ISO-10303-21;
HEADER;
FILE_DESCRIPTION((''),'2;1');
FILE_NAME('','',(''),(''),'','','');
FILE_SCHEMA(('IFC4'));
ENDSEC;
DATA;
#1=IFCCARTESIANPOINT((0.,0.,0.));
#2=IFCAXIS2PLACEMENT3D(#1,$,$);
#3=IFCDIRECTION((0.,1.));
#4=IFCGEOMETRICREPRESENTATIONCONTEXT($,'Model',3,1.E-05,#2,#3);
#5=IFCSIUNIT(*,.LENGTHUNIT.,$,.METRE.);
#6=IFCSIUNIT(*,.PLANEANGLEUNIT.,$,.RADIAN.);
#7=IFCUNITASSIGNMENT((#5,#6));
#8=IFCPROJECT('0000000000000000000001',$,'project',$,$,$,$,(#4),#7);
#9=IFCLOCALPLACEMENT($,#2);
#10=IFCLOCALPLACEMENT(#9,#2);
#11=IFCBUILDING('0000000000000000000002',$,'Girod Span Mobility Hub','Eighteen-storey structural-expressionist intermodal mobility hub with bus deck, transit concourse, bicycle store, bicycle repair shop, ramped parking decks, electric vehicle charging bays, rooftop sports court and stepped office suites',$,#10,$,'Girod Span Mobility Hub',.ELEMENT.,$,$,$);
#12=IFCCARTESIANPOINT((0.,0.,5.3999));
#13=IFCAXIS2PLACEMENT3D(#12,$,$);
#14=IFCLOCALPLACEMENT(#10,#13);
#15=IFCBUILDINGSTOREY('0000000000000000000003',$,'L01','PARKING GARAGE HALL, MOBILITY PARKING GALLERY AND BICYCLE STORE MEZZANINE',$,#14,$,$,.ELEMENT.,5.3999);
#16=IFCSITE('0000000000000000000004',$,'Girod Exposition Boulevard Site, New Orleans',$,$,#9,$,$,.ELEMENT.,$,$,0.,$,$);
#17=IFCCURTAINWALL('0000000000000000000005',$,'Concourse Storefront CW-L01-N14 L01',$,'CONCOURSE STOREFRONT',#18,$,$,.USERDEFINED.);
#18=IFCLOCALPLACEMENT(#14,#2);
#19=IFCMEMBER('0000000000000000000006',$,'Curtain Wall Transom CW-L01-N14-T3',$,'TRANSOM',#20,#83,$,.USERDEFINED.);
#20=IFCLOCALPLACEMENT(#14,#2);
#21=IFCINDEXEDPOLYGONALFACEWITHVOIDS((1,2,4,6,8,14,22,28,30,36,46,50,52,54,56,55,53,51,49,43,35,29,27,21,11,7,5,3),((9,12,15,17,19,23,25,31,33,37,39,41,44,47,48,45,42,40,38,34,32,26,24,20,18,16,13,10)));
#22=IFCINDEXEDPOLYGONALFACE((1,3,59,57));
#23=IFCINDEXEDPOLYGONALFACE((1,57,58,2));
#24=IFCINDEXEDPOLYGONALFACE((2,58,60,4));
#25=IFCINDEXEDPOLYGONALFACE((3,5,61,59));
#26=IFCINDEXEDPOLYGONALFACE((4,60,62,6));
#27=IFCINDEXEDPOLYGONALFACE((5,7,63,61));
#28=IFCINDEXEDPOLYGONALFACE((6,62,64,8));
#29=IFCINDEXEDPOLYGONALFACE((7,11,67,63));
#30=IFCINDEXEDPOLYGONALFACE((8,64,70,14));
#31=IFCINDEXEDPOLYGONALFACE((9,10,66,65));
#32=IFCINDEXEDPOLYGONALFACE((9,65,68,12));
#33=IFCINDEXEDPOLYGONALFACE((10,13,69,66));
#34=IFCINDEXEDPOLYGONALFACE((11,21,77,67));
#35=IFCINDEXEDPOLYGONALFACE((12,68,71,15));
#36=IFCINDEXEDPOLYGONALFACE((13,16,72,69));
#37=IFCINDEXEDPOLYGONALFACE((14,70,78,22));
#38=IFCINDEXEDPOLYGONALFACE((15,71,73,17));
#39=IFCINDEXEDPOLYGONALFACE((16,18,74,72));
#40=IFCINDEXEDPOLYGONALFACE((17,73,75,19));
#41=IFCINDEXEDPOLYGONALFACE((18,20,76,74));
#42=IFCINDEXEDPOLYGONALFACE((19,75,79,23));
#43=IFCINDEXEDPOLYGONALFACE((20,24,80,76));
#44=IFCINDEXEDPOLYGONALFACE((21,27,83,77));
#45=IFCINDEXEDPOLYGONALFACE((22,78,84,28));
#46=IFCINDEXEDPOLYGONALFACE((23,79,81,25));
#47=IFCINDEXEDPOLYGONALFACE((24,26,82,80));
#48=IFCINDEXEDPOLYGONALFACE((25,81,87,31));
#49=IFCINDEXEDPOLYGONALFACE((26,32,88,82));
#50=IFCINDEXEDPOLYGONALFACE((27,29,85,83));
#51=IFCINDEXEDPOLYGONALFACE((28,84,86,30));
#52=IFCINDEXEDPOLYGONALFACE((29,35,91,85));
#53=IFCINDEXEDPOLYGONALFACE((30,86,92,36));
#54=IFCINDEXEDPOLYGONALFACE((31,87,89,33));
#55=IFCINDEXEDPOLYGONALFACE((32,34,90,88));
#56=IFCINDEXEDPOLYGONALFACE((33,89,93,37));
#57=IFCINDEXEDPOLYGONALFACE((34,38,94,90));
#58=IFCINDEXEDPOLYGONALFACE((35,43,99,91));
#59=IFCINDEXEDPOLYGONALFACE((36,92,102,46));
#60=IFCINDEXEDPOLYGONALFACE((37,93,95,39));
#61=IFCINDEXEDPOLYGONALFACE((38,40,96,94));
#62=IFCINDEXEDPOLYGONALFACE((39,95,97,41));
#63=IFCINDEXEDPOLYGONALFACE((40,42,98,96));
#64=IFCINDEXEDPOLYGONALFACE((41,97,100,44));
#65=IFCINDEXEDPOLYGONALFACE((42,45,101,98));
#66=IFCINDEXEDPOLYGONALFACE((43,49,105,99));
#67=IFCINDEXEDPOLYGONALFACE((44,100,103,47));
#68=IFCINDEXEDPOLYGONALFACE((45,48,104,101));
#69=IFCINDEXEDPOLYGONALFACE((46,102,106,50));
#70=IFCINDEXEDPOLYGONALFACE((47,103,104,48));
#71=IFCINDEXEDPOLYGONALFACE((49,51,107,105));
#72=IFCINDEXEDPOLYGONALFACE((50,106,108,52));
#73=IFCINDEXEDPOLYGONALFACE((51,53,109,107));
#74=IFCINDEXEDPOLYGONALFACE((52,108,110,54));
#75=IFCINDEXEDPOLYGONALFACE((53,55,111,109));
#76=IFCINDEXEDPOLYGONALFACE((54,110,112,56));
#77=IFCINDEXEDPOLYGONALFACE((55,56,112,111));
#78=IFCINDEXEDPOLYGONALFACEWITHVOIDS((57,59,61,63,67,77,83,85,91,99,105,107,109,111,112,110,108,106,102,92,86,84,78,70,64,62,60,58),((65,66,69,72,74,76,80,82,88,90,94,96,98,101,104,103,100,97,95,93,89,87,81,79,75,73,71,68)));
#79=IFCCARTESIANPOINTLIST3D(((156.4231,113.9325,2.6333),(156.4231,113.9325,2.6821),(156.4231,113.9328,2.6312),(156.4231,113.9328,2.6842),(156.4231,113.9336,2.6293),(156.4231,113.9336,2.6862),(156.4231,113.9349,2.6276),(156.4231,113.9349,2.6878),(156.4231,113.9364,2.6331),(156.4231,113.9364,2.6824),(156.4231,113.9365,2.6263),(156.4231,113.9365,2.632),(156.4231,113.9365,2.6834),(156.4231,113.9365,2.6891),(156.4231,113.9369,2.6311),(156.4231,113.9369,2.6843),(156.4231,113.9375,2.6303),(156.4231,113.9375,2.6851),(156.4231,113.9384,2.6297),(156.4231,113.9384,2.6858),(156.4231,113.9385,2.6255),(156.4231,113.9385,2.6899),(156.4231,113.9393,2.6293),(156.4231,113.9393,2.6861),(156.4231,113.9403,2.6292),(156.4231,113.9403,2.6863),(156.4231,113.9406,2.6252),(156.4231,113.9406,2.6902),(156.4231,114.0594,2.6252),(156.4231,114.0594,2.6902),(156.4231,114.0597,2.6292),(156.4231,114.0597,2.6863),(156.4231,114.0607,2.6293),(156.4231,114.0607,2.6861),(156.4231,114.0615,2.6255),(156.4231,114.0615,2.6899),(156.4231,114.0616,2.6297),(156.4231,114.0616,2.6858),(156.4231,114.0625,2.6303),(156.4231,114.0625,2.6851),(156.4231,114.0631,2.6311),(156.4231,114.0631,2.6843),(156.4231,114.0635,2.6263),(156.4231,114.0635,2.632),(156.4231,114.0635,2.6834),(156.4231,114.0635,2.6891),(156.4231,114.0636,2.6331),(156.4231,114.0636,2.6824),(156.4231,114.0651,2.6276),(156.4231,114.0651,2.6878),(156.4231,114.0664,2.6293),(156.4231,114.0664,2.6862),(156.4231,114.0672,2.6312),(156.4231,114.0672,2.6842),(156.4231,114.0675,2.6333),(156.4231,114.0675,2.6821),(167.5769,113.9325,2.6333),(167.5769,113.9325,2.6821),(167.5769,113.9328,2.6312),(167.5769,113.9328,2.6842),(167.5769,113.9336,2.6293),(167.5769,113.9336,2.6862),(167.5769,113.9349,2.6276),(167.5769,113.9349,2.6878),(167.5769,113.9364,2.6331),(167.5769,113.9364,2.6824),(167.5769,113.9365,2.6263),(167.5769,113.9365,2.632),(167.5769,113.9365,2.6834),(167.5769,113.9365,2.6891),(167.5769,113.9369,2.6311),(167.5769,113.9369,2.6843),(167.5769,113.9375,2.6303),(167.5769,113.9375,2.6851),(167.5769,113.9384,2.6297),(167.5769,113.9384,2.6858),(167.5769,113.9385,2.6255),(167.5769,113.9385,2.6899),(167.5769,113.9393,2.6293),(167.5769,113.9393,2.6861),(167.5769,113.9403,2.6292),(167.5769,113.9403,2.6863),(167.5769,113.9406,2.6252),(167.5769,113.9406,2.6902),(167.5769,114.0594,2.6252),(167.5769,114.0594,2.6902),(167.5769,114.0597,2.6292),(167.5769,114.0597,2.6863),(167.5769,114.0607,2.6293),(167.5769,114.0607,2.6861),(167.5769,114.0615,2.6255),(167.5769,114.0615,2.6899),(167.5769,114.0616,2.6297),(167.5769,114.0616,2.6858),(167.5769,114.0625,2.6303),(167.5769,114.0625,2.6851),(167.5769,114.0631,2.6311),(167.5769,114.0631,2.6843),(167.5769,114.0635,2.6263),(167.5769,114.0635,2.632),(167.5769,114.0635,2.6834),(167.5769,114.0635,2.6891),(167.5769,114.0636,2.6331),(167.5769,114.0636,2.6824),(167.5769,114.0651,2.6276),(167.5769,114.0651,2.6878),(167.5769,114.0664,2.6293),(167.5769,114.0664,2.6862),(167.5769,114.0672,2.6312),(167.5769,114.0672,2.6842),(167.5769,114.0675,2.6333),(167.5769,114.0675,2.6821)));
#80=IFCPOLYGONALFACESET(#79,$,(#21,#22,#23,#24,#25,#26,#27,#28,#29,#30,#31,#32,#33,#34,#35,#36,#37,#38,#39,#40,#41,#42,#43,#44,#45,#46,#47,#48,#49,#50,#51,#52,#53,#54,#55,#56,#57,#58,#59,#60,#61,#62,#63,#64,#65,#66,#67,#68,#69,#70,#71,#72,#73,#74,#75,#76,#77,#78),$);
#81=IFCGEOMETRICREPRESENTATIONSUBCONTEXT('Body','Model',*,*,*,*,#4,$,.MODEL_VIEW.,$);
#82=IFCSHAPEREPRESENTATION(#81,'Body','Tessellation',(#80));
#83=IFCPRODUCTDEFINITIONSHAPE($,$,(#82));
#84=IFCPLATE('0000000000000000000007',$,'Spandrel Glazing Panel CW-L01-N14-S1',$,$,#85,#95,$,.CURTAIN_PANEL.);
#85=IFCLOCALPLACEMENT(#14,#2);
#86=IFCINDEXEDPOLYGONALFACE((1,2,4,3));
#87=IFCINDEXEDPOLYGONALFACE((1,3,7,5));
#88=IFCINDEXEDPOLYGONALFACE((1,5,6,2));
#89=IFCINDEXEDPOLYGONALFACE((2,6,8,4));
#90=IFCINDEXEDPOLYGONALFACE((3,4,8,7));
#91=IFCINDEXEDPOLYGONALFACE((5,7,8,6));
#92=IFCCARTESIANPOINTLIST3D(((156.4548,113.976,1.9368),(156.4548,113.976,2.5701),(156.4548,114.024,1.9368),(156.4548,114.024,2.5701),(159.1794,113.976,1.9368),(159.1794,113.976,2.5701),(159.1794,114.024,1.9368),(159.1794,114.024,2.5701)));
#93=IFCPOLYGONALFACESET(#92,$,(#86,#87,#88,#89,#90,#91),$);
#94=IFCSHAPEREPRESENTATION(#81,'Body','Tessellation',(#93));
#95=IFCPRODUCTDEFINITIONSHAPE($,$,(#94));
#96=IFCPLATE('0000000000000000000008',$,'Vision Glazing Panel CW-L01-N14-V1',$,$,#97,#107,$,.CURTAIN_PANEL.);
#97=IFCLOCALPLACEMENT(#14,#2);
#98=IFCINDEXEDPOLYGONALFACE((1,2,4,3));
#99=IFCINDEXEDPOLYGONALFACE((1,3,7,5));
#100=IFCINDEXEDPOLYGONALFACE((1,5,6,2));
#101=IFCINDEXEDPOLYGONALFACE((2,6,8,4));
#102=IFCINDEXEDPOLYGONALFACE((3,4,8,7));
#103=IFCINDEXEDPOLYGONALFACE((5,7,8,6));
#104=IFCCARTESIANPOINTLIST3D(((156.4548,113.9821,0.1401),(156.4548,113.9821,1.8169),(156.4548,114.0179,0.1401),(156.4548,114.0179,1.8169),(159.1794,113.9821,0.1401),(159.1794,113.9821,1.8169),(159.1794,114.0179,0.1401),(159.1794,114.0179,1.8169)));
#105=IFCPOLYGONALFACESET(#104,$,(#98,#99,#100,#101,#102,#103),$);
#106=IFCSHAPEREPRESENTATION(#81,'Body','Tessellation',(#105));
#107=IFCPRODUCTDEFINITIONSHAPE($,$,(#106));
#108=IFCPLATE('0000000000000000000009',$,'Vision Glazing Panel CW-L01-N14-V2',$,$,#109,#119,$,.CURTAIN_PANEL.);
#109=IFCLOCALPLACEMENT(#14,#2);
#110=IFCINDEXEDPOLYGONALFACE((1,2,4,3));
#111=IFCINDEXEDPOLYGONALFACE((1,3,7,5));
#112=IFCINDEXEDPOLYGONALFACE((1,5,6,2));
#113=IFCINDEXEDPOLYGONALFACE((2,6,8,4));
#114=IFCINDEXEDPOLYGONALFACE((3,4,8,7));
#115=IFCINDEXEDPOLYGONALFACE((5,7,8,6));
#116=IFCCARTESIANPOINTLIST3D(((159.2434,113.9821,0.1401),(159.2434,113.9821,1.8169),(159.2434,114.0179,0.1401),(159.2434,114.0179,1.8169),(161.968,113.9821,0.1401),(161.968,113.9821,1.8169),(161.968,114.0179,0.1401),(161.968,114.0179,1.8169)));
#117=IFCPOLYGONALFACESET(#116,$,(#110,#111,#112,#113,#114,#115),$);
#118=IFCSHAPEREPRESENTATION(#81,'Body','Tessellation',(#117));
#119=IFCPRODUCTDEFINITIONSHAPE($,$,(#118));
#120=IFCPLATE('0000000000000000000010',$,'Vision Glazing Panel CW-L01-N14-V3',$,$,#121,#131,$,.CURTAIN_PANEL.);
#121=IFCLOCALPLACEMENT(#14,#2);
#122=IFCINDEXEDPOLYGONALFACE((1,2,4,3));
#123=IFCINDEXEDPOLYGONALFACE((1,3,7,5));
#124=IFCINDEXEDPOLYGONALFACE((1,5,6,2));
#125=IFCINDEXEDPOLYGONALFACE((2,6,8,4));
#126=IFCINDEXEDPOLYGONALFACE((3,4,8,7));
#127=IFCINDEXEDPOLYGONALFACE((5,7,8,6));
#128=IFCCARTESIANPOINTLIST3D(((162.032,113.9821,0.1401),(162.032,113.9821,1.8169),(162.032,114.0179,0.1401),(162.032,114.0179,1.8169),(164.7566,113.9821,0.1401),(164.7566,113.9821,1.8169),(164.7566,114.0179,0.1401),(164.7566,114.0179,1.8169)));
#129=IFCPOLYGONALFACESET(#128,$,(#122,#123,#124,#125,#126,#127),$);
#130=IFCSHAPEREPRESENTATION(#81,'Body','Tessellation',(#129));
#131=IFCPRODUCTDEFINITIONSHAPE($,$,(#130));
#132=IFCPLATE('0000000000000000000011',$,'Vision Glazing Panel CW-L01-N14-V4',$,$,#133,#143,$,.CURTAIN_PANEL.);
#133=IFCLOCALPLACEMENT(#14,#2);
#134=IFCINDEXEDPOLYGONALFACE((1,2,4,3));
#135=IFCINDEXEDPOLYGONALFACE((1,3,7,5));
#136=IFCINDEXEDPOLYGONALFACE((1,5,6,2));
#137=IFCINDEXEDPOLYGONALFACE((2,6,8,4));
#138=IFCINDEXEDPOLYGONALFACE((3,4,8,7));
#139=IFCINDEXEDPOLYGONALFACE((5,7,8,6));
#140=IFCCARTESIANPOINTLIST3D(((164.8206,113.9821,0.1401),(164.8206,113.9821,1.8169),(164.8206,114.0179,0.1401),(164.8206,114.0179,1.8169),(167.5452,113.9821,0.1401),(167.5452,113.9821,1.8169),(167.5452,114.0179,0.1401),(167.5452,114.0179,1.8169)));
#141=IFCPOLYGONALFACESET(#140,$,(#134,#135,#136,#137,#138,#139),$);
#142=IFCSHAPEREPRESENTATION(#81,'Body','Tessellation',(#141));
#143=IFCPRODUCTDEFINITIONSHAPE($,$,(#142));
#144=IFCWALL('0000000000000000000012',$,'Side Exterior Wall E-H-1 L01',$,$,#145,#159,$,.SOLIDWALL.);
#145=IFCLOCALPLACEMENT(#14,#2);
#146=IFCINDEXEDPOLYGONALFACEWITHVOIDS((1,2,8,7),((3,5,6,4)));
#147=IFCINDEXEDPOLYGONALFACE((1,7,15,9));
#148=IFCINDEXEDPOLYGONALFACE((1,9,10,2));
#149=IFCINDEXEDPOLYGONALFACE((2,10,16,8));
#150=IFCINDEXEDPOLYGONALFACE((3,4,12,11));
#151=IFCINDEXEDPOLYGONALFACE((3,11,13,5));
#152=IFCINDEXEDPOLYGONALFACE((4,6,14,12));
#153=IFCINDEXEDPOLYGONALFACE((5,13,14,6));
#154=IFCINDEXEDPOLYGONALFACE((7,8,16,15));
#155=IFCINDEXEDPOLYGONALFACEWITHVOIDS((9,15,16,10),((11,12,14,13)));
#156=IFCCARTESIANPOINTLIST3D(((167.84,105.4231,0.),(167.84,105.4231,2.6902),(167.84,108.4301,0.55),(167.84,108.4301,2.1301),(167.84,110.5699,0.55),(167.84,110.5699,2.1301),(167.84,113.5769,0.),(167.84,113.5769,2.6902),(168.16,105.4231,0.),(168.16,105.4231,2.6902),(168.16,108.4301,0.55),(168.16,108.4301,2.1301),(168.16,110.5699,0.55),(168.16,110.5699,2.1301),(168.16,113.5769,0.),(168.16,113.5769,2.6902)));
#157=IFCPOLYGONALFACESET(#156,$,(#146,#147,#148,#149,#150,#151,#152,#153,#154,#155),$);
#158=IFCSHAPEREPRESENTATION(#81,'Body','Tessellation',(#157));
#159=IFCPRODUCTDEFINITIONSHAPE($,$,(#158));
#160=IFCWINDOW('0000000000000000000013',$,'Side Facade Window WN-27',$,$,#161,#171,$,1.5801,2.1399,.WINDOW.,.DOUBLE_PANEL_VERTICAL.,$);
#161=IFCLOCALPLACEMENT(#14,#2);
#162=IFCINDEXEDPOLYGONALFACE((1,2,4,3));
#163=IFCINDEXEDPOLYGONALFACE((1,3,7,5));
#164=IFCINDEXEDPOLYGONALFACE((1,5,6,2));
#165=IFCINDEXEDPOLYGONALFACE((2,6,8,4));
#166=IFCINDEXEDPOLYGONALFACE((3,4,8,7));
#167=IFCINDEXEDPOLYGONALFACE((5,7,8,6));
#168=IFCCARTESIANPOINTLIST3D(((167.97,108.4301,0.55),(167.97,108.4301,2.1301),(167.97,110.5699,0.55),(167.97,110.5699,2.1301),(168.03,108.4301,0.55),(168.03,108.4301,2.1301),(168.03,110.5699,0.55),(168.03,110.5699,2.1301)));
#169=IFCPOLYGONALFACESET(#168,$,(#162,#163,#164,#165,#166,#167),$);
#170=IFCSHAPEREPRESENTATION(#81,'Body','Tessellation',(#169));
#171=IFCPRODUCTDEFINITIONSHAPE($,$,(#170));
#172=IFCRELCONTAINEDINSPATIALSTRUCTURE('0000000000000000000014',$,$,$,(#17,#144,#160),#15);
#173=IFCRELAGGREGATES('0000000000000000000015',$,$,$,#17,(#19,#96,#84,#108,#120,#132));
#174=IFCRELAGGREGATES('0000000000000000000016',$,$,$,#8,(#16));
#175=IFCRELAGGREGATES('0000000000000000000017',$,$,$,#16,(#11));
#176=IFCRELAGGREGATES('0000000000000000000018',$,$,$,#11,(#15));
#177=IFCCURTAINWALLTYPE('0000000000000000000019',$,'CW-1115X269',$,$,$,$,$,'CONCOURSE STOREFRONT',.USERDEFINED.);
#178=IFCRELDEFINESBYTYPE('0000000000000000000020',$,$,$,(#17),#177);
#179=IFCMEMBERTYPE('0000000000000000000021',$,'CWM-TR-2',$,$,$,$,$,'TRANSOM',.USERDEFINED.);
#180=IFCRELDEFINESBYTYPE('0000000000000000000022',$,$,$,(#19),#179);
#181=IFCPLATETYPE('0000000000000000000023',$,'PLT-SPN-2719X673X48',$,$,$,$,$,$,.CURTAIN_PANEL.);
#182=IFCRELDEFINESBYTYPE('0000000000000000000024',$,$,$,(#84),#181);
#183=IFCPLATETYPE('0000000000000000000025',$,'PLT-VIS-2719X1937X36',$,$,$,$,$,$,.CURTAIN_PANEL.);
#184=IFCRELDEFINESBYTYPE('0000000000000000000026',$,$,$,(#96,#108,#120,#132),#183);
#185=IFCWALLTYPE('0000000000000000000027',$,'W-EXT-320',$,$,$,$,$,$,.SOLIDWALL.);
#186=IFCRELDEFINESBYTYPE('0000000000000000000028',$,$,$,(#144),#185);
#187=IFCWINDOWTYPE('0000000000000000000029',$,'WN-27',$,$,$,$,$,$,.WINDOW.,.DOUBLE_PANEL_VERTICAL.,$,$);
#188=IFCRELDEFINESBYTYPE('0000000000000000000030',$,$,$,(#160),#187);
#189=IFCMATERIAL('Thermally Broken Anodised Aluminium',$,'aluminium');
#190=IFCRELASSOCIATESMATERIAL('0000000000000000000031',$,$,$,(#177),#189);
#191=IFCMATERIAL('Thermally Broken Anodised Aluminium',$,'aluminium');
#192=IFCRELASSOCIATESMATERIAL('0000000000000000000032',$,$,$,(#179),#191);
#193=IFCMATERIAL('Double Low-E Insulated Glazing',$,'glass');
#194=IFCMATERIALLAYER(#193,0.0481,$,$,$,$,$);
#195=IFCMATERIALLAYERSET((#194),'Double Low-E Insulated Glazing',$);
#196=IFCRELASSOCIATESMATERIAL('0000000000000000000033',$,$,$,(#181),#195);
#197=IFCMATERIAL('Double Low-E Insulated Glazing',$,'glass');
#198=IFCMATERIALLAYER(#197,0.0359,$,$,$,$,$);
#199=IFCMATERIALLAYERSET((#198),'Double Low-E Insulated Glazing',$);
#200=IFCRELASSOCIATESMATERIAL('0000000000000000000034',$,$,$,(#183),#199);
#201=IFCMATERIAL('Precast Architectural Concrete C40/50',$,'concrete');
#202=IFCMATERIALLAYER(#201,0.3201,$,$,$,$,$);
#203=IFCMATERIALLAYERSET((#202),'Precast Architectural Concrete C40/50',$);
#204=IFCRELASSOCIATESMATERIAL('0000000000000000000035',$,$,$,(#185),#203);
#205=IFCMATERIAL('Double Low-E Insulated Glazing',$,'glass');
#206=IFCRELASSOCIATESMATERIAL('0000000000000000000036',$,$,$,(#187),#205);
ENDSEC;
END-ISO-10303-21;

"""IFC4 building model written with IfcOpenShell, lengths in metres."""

from ifc_helpers import new_model, si_unit, direction, frame, frame_2d, origin, origin_2d, place, context, subcontext, project, spatial, rectangle, hollow_rectangle, extrude, material, layer, layer_set, material_profile, profile_set, type_object, element, fill, aggregate, save


model = new_model("IFC4")

# Units and contexts
model_context = context("Model", 3, precision=1e-05, world=origin(), true_north=direction((0.0, 1.0)))
body_context = subcontext(model_context, "Body", "Model", "MODEL_VIEW")
ifc_project = project(units=[si_unit("LENGTHUNIT", "METRE"), si_unit("PLANEANGLEUNIT", "RADIAN")], contexts=[model_context])

# Site, building, storey
site_placement = place(None, origin())
site = spatial("IfcSite", under=ifc_project, at=site_placement, Name="Girod Exposition Boulevard Site, New Orleans", CompositionType="ELEMENT", RefElevation=0.0)
building_placement = place(site_placement, origin())
building = spatial("IfcBuilding", under=site, at=building_placement, Name="Girod Span Mobility Hub", Description="Eighteen-storey structural-expressionist intermodal mobility hub with bus deck, transit concourse, bicycle store, bicycle repair shop, ramped parking decks, electric vehicle charging bays, rooftop sports court and stepped office suites", LongName="Girod Span Mobility Hub", CompositionType="ELEMENT")
storey_placement = place(building_placement, frame((0.0, 0.0, 5.3999)))
storey = spatial("IfcBuildingStorey", under=building, at=storey_placement, Name="L01", Description="PARKING GARAGE HALL, MOBILITY PARKING GALLERY AND BICYCLE STORE MEZZANINE", CompositionType="ELEMENT", Elevation=5.3999)

# Curtain wall, member, plates
ifc_material_1 = material(Name="Thermally Broken Anodised Aluminium", Category="aluminium")
curtain_wall_type = type_object("IfcCurtainWallType", Name="CW-1115X269", ElementType="CONCOURSE STOREFRONT", PredefinedType="USERDEFINED", material=ifc_material_1)
curtain_wall_placement = place(storey_placement, origin())
curtain_wall = element("IfcCurtainWall", 1, at=curtain_wall_placement, inside=storey, type_object=curtain_wall_type, Name="Concourse Storefront CW-L01-N14 L01", ObjectType="CONCOURSE STOREFRONT", PredefinedType="USERDEFINED")
ifc_material_2 = material(Name="Thermally Broken Anodised Aluminium", Category="aluminium")
ifc_material_profile_1 = material_profile(ifc_material_2, hollow_rectangle(XDim=0.135, YDim=0.0649, WallThickness=0.0039, InnerFilletRadius=0.0039, OuterFilletRadius=0.0081, at=origin_2d()), Name="CW-TR-65X135")
ifc_profile_set_1 = profile_set([ifc_material_profile_1], Name="Thermally Broken Anodised Aluminium")
member_type_1 = type_object("IfcMemberType", Name="CWM-TR-2", ElementType="TRANSOM", PredefinedType="USERDEFINED", material=ifc_profile_set_1)
member_1_placement = place(storey_placement, frame((156.4231, 114.0, 2.6577), z_axis=(1.0, 0.0, 0.0), x_axis=(0.0, 1.0, 0.0)))
member_1 = element("IfcMember", 2, at=member_1_placement, type_object=member_type_1, Name="Curtain Wall Transom CW-L01-N14-T3", ObjectType="TRANSOM", PredefinedType="USERDEFINED", context=body_context, shape_type="SweptSolid", body=[
    extrude(hollow_rectangle(XDim=0.135, YDim=0.0649, WallThickness=0.0039, InnerFilletRadius=0.0039, OuterFilletRadius=0.0081, at=origin_2d()), origin(), (0.0, 0.0, 1.0), 11.1538),
])
ifc_material_3 = material(Name="Double Low-E Insulated Glazing", Category="glass")
ifc_layer_1 = layer(ifc_material_3, 0.0481)
ifc_layer_set_1 = layer_set([ifc_layer_1], Name="Double Low-E Insulated Glazing")
plate_type_1 = type_object("IfcPlateType", Name="PLT-SPN-2719X673X48", PredefinedType="CURTAIN_PANEL", material=ifc_layer_set_1)
plate_1_placement = place(storey_placement, frame((157.8171, 114.0, 1.9368), z_axis=(0.0, 0.0, 1.0), x_axis=(1.0, 0.0, 0.0)))
plate_1 = element("IfcPlate", 3, at=plate_1_placement, type_object=plate_type_1, Name="Spandrel Glazing Panel CW-L01-N14-S1", PredefinedType="CURTAIN_PANEL", context=body_context, shape_type="SweptSolid", body=[
    extrude(rectangle(XDim=2.7246, YDim=0.0481, at=origin_2d()), origin(), (0.0, 0.0, 1.0), 0.6333),
])
ifc_material_4 = material(Name="Double Low-E Insulated Glazing", Category="glass")
ifc_layer_2 = layer(ifc_material_4, 0.0359)
ifc_layer_set_2 = layer_set([ifc_layer_2], Name="Double Low-E Insulated Glazing")
plate_type_2 = type_object("IfcPlateType", Name="PLT-VIS-2719X1937X36", PredefinedType="CURTAIN_PANEL", material=ifc_layer_set_2)
plate_2_placement = place(storey_placement, frame((157.8171, 114.0, 0.1401), z_axis=(0.0, 0.0, 1.0), x_axis=(1.0, 0.0, 0.0)))
plate_2 = element("IfcPlate", 4, at=plate_2_placement, type_object=plate_type_2, Name="Vision Glazing Panel CW-L01-N14-V1", PredefinedType="CURTAIN_PANEL", context=body_context, shape_type="SweptSolid", body=[
    extrude(rectangle(XDim=2.7246, YDim=0.0359, at=origin_2d()), origin(), (0.0, 0.0, 1.0), 1.6768),
])
plate_3_placement = place(storey_placement, frame((160.6057, 114.0, 0.1401), z_axis=(0.0, 0.0, 1.0), x_axis=(1.0, 0.0, 0.0)))
plate_3 = element("IfcPlate", 5, at=plate_3_placement, type_object=plate_type_2, Name="Vision Glazing Panel CW-L01-N14-V2", PredefinedType="CURTAIN_PANEL", context=body_context, shape_type="SweptSolid", body=[
    extrude(rectangle(XDim=2.7246, YDim=0.0359, at=origin_2d()), origin(), (0.0, 0.0, 1.0), 1.6768),
])
plate_4_placement = place(storey_placement, frame((163.3943, 114.0, 0.1401), z_axis=(0.0, 0.0, 1.0), x_axis=(1.0, 0.0, 0.0)))
plate_4 = element("IfcPlate", 6, at=plate_4_placement, type_object=plate_type_2, Name="Vision Glazing Panel CW-L01-N14-V3", PredefinedType="CURTAIN_PANEL", context=body_context, shape_type="SweptSolid", body=[
    extrude(rectangle(XDim=2.7246, YDim=0.0359, at=origin_2d()), origin(), (0.0, 0.0, 1.0), 1.6768),
])
plate_5_placement = place(storey_placement, frame((166.1829, 114.0, 0.1401), z_axis=(0.0, 0.0, 1.0), x_axis=(1.0, 0.0, 0.0)))
plate_5 = element("IfcPlate", 7, at=plate_5_placement, type_object=plate_type_2, Name="Vision Glazing Panel CW-L01-N14-V4", PredefinedType="CURTAIN_PANEL", context=body_context, shape_type="SweptSolid", body=[
    extrude(rectangle(XDim=2.7246, YDim=0.0359, at=origin_2d()), origin(), (0.0, 0.0, 1.0), 1.6768),
])
aggregate(curtain_wall, [member_1, plate_2, plate_1, plate_3, plate_4, plate_5])

# Wall, opening, window
ifc_material_5 = material(Name="Precast Architectural Concrete C40/50", Category="concrete")
ifc_layer_3 = layer(ifc_material_5, 0.3201)
ifc_layer_set_3 = layer_set([ifc_layer_3], Name="Precast Architectural Concrete C40/50")
wall_type = type_object("IfcWallType", Name="W-EXT-320", PredefinedType="SOLIDWALL", material=ifc_layer_set_3)
wall_placement = place(storey_placement, frame((168.0, 105.4231, 0.0), z_axis=(0.0, 0.0, 1.0), x_axis=(0.0, 1.0, 0.0)))
wall = element("IfcWall", 8, at=wall_placement, inside=storey, type_object=wall_type, Name="Side Exterior Wall E-H-1 L01", PredefinedType="SOLIDWALL", context=body_context, shape_type="SweptSolid", body=[
    extrude(rectangle(XDim=8.1538, YDim=0.3201, at=frame_2d((4.0769, 0.0))), origin(), (0.0, 0.0, 1.0), 2.6902),
])
opening_placement = place(wall_placement, frame((3.0071, 0.0, 0.55)))
opening = element("IfcOpeningElement", 9, at=opening_placement, cuts=wall, PredefinedType="OPENING", context=body_context, shape_type="SweptSolid", body=[
    extrude(rectangle(XDim=2.1399, YDim=1.5801, at=frame_2d((1.0698, 0.79))), frame((0.0, 0.175, 0.0), z_axis=(0.0, -1.0, 0.0), x_axis=(1.0, 0.0, 0.0)), (0.0, 0.0, 1.0), 0.3501),
])
ifc_material_6 = material(Name="Double Low-E Insulated Glazing", Category="glass")
window_type = type_object("IfcWindowType", Name="WN-27", PartitioningType="DOUBLE_PANEL_VERTICAL", PredefinedType="WINDOW", material=ifc_material_6)
window_placement = place(opening_placement, origin())
window = element("IfcWindow", 10, at=window_placement, inside=storey, type_object=window_type, Name="Side Facade Window WN-27", OverallHeight=1.5801, OverallWidth=2.1399, PartitioningType="DOUBLE_PANEL_VERTICAL", PredefinedType="WINDOW", context=body_context, shape_type="SweptSolid", body=[
    extrude(rectangle(XDim=2.1399, YDim=1.5801, at=frame_2d((1.0698, 0.79))), frame((0.0, 0.03, 0.0), z_axis=(0.0, -1.0, 0.0), x_axis=(1.0, 0.0, 0.0)), (0.0, 0.0, 1.0), 0.0601),
])
fill(opening, window)

save(model, "model.ifc")
